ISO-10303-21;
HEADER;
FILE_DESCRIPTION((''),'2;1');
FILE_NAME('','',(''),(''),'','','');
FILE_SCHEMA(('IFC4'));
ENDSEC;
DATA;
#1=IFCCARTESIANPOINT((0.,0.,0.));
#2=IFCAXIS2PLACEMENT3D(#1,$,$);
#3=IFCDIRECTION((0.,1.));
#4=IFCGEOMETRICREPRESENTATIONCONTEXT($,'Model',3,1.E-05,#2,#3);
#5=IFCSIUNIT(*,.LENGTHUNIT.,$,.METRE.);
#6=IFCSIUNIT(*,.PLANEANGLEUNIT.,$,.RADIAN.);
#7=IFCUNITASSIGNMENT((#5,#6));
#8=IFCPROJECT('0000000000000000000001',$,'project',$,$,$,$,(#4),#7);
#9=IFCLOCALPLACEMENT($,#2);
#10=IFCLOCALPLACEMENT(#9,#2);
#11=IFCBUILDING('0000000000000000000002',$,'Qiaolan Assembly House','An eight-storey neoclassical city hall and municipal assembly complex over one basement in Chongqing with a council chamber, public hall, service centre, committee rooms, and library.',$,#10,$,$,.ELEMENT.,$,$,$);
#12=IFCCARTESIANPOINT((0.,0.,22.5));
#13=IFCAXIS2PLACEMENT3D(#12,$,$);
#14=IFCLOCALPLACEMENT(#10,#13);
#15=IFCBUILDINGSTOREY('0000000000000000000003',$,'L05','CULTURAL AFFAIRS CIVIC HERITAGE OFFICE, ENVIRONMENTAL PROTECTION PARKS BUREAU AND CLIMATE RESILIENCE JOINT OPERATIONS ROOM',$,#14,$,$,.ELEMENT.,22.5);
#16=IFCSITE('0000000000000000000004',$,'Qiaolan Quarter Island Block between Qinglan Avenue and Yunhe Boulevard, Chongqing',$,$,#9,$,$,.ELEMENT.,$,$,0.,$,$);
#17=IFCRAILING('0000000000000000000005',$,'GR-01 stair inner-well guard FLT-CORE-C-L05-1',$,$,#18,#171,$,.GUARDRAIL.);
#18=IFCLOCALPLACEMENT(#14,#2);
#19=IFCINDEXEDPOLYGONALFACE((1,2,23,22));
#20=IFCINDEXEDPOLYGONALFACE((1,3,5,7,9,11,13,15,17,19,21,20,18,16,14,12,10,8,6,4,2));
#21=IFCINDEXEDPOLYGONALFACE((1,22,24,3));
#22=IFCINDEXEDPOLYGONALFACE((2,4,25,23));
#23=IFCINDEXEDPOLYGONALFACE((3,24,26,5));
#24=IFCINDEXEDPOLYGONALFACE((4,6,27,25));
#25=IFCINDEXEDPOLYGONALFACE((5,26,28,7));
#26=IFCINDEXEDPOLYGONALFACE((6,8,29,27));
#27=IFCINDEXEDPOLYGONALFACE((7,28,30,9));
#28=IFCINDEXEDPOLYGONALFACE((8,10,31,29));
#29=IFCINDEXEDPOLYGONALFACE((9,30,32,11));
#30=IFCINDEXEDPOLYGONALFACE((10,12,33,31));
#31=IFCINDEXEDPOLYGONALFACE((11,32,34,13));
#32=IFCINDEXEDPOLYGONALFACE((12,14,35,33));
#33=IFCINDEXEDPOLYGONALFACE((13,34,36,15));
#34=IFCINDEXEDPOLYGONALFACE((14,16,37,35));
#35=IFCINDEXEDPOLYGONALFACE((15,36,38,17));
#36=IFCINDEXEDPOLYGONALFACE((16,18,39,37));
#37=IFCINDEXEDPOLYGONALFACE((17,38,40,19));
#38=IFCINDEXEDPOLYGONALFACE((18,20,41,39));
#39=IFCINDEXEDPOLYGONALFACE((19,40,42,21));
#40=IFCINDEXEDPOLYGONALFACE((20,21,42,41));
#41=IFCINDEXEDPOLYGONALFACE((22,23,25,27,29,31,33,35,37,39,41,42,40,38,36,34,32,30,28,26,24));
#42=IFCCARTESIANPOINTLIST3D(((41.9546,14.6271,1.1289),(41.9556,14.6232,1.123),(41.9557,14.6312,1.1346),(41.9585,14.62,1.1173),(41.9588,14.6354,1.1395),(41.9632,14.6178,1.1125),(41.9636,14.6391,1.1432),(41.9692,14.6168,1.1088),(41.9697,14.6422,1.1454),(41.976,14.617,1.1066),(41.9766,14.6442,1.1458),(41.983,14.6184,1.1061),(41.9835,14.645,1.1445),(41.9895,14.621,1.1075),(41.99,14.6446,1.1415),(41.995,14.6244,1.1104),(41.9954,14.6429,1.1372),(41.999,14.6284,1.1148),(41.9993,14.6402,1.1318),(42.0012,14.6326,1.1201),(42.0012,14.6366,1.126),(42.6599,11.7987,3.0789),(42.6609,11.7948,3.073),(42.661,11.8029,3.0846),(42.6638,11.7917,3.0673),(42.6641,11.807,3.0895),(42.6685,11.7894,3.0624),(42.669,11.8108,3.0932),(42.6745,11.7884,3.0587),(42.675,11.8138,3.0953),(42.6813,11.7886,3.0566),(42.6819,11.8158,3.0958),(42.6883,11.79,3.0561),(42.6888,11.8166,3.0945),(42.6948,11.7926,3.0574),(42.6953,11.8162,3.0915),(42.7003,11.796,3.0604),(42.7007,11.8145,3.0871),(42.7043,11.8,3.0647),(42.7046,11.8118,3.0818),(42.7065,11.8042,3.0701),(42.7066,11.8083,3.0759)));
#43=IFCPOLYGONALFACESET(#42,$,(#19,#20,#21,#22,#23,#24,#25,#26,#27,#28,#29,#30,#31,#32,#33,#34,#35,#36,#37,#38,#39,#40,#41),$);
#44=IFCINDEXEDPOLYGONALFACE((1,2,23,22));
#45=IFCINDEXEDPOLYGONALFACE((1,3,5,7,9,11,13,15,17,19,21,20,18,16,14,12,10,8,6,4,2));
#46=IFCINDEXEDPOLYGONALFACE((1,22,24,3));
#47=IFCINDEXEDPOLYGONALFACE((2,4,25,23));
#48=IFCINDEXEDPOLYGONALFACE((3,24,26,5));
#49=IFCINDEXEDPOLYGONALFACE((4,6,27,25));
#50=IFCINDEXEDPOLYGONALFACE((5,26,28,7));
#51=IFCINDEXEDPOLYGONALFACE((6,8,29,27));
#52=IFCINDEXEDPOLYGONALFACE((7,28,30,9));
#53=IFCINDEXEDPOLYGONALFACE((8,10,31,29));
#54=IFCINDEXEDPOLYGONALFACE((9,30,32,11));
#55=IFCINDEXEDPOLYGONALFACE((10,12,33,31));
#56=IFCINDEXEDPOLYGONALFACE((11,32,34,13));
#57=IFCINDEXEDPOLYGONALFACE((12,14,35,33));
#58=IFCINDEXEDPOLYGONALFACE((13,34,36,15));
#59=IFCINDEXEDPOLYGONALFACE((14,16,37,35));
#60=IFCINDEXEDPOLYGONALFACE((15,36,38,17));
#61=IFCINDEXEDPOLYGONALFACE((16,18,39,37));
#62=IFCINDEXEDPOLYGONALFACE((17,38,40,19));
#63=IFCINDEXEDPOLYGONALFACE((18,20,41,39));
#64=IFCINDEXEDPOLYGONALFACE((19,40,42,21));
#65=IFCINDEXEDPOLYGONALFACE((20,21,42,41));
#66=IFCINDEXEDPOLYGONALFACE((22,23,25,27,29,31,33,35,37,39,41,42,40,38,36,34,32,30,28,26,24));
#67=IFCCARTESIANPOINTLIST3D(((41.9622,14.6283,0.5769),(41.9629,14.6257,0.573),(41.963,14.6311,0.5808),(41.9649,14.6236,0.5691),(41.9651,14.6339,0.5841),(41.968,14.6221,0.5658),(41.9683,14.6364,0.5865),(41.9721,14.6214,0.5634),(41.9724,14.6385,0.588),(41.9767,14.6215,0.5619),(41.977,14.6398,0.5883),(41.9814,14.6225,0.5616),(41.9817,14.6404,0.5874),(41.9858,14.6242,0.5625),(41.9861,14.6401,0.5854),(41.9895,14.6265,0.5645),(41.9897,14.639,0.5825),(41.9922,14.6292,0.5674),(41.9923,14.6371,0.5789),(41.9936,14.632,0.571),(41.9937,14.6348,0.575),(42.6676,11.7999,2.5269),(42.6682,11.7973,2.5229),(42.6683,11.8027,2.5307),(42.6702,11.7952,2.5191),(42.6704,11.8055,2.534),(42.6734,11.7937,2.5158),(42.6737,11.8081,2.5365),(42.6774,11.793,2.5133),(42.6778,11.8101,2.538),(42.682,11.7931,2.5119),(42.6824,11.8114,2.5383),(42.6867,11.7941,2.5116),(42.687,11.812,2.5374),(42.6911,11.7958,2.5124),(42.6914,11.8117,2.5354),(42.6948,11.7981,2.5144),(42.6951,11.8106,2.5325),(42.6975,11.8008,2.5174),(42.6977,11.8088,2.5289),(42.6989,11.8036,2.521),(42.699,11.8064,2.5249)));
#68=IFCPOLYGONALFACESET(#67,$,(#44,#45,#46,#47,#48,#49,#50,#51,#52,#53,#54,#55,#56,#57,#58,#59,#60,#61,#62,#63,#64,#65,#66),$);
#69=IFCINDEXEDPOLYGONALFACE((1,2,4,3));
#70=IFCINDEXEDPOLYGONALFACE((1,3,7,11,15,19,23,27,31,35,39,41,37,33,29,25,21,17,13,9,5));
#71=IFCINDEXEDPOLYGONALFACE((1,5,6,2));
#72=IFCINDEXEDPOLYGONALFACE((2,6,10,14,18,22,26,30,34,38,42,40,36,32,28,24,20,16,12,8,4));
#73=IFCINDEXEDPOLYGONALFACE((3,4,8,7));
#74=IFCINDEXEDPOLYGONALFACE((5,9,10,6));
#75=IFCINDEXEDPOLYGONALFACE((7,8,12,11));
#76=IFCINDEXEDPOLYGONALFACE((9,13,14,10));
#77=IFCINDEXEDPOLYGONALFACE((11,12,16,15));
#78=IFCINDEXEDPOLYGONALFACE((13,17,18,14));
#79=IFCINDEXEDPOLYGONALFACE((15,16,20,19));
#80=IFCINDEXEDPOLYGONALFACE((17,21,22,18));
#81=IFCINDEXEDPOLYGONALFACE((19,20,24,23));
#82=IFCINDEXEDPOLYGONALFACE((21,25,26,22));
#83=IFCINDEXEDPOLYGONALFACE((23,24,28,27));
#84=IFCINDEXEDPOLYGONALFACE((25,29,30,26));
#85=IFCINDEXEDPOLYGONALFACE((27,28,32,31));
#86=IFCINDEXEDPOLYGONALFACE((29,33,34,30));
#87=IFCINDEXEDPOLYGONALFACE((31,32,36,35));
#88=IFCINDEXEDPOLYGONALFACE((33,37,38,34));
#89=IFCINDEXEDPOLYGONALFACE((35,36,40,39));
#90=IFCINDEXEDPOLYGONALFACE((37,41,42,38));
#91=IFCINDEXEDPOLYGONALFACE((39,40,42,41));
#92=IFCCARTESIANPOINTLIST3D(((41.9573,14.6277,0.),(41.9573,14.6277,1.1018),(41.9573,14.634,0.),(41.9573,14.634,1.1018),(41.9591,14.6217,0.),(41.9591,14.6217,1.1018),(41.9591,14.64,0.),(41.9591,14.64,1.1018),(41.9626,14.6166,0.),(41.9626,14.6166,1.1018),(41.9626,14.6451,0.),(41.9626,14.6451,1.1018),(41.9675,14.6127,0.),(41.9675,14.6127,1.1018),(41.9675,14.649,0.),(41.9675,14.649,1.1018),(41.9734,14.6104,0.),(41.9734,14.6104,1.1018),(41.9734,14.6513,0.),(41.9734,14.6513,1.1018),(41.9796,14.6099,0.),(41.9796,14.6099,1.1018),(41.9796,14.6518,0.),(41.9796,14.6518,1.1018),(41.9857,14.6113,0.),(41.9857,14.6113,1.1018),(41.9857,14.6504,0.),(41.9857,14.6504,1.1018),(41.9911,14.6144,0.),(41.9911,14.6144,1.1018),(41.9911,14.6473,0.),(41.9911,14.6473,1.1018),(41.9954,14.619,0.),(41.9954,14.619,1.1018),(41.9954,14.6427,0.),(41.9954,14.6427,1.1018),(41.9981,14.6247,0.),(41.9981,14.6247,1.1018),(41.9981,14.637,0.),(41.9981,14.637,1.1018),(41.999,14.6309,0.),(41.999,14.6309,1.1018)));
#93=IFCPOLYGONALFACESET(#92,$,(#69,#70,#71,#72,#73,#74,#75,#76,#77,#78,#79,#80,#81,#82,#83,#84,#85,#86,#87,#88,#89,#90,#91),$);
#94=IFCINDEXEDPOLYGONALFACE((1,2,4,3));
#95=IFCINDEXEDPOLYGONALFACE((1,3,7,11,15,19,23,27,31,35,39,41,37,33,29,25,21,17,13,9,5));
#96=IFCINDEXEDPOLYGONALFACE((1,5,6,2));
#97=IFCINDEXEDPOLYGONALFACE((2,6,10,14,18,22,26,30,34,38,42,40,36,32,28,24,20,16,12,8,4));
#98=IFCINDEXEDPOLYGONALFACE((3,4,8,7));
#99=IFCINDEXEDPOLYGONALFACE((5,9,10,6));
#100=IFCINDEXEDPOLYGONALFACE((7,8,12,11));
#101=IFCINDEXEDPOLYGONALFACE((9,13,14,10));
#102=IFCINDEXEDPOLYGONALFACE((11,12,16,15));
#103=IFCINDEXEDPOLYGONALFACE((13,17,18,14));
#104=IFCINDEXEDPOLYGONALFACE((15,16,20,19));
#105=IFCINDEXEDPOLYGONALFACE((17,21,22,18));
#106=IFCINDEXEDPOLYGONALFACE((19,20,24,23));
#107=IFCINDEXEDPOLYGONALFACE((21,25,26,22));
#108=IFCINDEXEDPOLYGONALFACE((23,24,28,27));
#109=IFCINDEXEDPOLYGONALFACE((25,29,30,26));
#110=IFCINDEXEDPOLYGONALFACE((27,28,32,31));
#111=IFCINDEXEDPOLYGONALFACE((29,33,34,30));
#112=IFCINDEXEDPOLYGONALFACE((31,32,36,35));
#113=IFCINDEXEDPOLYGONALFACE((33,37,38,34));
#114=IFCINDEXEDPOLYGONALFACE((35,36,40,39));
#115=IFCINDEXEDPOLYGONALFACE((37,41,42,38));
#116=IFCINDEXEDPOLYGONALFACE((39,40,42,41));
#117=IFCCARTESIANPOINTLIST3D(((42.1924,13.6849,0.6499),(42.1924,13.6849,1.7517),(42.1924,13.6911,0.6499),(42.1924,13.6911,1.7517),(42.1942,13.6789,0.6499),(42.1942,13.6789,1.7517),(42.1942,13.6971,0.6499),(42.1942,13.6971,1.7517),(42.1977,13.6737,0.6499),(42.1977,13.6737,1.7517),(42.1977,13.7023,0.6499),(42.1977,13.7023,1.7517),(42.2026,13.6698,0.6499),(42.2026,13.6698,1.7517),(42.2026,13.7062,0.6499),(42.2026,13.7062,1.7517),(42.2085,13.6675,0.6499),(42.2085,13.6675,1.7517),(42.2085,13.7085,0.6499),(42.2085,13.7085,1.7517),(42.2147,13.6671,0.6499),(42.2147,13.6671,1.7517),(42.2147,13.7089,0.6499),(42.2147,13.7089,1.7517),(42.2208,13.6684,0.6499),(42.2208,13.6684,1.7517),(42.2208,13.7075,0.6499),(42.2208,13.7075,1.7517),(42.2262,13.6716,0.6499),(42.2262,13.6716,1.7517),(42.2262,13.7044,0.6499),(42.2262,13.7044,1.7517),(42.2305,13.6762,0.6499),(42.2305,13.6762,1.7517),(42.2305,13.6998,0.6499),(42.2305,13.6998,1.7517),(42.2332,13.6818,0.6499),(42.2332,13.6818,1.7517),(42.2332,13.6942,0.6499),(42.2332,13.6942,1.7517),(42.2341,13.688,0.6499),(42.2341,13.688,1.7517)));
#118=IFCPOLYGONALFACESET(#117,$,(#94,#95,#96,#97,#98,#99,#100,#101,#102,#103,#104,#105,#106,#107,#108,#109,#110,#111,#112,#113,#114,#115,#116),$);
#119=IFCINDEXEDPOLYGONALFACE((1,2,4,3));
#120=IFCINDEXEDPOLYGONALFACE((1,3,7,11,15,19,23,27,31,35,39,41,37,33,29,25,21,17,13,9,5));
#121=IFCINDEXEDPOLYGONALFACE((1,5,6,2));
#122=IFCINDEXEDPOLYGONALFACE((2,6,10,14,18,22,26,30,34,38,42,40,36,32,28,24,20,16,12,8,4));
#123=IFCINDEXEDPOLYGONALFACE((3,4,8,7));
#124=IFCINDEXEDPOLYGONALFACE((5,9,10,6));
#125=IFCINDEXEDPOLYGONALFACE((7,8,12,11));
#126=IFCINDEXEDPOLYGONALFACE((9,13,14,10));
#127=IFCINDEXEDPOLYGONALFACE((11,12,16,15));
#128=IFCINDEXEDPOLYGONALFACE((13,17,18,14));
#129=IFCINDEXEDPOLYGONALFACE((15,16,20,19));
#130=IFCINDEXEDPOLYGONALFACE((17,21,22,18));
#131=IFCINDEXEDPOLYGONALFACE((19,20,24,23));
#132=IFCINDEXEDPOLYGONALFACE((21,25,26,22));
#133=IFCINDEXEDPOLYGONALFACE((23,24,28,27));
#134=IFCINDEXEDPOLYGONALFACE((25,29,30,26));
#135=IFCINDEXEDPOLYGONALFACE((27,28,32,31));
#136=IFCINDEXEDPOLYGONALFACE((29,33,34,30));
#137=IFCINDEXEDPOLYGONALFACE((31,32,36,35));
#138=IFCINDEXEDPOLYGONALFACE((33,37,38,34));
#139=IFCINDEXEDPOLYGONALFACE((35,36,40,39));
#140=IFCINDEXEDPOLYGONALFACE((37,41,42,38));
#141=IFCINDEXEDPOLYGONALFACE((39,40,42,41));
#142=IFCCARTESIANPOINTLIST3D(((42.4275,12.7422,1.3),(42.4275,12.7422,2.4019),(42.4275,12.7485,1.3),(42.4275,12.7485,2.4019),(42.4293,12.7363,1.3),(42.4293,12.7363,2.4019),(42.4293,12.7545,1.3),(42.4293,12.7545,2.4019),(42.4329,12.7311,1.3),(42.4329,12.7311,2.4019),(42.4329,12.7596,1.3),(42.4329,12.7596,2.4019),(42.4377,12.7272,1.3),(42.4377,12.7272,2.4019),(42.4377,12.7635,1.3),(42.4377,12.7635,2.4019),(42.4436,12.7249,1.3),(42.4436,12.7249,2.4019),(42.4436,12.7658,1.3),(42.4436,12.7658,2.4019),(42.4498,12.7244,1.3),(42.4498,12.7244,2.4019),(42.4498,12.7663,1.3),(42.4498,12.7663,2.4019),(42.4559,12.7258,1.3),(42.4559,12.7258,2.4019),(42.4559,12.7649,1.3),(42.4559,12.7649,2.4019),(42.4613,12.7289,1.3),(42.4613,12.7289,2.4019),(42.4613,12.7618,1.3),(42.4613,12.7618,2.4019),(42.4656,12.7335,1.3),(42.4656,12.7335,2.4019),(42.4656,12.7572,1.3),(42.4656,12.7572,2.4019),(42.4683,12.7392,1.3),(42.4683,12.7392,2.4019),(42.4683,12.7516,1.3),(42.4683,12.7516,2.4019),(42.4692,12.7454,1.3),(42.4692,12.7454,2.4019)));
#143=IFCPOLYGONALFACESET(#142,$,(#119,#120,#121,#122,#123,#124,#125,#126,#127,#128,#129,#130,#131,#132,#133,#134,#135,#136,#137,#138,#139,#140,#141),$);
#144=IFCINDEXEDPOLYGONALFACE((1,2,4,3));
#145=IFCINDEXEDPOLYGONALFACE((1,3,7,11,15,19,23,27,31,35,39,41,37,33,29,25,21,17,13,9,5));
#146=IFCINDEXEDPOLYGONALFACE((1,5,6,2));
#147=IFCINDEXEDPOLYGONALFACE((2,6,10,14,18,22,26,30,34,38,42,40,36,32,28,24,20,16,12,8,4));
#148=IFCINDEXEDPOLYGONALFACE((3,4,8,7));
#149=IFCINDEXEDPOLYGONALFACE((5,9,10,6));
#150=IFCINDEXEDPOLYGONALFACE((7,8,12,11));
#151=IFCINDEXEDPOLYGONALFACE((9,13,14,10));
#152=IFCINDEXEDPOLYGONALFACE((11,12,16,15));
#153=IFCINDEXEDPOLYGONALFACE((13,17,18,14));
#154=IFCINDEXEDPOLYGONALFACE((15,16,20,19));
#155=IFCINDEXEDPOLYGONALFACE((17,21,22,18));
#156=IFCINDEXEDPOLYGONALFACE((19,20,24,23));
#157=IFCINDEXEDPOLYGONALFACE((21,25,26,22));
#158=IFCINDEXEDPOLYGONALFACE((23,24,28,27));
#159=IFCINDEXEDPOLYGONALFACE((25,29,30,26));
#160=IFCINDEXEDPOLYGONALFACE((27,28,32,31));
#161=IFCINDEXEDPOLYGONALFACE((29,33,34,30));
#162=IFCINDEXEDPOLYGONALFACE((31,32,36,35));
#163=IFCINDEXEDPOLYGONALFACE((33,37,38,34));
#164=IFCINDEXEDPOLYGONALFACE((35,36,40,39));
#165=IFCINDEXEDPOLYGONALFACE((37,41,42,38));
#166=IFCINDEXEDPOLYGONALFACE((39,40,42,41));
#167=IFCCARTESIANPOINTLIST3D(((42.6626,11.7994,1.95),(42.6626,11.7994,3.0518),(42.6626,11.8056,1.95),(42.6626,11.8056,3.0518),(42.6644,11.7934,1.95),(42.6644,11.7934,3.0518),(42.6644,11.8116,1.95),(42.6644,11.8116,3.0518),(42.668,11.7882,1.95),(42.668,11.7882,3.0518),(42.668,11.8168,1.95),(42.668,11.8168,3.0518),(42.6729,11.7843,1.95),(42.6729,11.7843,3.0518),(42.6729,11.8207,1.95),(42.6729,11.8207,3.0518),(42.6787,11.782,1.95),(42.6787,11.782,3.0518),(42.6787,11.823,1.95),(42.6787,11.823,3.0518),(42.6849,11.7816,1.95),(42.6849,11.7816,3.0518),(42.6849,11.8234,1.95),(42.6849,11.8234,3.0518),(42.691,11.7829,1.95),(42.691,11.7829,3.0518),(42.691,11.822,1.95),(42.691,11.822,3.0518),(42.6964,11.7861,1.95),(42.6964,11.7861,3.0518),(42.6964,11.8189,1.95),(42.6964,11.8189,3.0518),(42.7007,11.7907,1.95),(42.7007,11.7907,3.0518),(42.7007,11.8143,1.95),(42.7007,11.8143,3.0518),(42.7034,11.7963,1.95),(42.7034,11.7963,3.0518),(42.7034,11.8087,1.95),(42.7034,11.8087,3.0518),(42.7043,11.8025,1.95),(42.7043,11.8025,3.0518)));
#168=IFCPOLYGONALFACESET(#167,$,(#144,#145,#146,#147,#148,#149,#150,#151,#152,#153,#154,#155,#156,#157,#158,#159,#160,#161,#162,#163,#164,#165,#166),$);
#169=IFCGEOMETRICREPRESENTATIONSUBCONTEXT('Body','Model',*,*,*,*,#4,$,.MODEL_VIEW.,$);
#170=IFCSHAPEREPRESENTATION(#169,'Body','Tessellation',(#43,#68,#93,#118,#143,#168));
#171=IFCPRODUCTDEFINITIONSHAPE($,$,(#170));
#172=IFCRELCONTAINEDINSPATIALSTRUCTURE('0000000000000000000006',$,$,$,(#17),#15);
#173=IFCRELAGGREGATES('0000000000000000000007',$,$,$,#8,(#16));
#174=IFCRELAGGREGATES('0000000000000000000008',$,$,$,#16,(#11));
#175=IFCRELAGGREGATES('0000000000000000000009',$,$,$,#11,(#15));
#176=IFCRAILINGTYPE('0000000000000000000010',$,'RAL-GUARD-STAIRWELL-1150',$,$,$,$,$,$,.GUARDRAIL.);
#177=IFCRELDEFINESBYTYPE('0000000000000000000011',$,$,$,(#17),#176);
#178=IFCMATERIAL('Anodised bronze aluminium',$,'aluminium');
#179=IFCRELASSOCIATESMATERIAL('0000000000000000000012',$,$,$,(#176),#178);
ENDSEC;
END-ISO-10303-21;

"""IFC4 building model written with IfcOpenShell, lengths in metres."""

from ifc_helpers import new_model, si_unit, direction, frame, origin, origin_2d, place, context, subcontext, project, spatial, circle, extrude, material, type_object, element, save


model = new_model("IFC4")

# Units and contexts
model_context = context("Model", 3, precision=1e-05, world=origin(), true_north=direction((0.0, 1.0)))
body_context = subcontext(model_context, "Body", "Model", "MODEL_VIEW")
ifc_project = project(units=[si_unit("LENGTHUNIT", "METRE"), si_unit("PLANEANGLEUNIT", "RADIAN")], contexts=[model_context])

# Site, building, storey
site_placement = place(None, origin())
site = spatial("IfcSite", under=ifc_project, at=site_placement, Name="Qiaolan Quarter Island Block between Qinglan Avenue and Yunhe Boulevard, Chongqing", CompositionType="ELEMENT", RefElevation=0.0)
building_placement = place(site_placement, origin())
building = spatial("IfcBuilding", under=site, at=building_placement, Name="Qiaolan Assembly House", Description="An eight-storey neoclassical city hall and municipal assembly complex over one basement in Chongqing with a council chamber, public hall, service centre, committee rooms, and library.", CompositionType="ELEMENT")
storey_placement = place(building_placement, frame((0.0, 0.0, 22.5)))
storey = spatial("IfcBuildingStorey", under=building, at=storey_placement, Name="L05", Description="CULTURAL AFFAIRS CIVIC HERITAGE OFFICE, ENVIRONMENTAL PROTECTION PARKS BUREAU AND CLIMATE RESILIENCE JOINT OPERATIONS ROOM", CompositionType="ELEMENT", Elevation=22.5)

# Railing
ifc_material_1 = material(Name="Anodised bronze aluminium", Category="aluminium")
railing_type_1 = type_object("IfcRailingType", Name="RAL-GUARD-STAIRWELL-1150", PredefinedType="GUARDRAIL", material=ifc_material_1)
railing_1_placement = place(storey_placement, frame((41.978, 14.6309, 0.0)))
element("IfcRailing", 1, at=railing_1_placement, inside=storey, type_object=railing_type_1, Name="GR-01 stair inner-well guard FLT-CORE-C-L05-1", PredefinedType="GUARDRAIL", context=body_context, shape_type="SweptSolid", body=[
    extrude(circle(Radius=0.0239, at=origin_2d()), frame((0.0, 0.0, 1.126), z_axis=(0.201115, -0.806479, 0.556008), x_axis=(0.970285, 0.241964, 0.0)), (0.0, 0.0, 1.0), 3.5071),
    extrude(circle(Radius=0.0161, at=origin_2d()), frame((0.0, 0.0, 0.575), z_axis=(0.201115, -0.806479, 0.556008), x_axis=(0.970285, 0.241964, 0.0)), (0.0, 0.0, 1.0), 3.5071),
    extrude(circle(Radius=0.021, at=origin_2d()), origin(), (0.0, 0.0, 1.0), 1.1018),
    extrude(circle(Radius=0.021, at=origin_2d()), frame((0.2351, -0.9429, 0.6499)), (0.0, 0.0, 1.0), 1.1018),
    extrude(circle(Radius=0.021, at=origin_2d()), frame((0.4702, -1.8855, 1.3)), (0.0, 0.0, 1.0), 1.1018),
    extrude(circle(Radius=0.021, at=origin_2d()), frame((0.7053, -2.8284, 1.95)), (0.0, 0.0, 1.0), 1.1018),
])

save(model, "model.ifc")
